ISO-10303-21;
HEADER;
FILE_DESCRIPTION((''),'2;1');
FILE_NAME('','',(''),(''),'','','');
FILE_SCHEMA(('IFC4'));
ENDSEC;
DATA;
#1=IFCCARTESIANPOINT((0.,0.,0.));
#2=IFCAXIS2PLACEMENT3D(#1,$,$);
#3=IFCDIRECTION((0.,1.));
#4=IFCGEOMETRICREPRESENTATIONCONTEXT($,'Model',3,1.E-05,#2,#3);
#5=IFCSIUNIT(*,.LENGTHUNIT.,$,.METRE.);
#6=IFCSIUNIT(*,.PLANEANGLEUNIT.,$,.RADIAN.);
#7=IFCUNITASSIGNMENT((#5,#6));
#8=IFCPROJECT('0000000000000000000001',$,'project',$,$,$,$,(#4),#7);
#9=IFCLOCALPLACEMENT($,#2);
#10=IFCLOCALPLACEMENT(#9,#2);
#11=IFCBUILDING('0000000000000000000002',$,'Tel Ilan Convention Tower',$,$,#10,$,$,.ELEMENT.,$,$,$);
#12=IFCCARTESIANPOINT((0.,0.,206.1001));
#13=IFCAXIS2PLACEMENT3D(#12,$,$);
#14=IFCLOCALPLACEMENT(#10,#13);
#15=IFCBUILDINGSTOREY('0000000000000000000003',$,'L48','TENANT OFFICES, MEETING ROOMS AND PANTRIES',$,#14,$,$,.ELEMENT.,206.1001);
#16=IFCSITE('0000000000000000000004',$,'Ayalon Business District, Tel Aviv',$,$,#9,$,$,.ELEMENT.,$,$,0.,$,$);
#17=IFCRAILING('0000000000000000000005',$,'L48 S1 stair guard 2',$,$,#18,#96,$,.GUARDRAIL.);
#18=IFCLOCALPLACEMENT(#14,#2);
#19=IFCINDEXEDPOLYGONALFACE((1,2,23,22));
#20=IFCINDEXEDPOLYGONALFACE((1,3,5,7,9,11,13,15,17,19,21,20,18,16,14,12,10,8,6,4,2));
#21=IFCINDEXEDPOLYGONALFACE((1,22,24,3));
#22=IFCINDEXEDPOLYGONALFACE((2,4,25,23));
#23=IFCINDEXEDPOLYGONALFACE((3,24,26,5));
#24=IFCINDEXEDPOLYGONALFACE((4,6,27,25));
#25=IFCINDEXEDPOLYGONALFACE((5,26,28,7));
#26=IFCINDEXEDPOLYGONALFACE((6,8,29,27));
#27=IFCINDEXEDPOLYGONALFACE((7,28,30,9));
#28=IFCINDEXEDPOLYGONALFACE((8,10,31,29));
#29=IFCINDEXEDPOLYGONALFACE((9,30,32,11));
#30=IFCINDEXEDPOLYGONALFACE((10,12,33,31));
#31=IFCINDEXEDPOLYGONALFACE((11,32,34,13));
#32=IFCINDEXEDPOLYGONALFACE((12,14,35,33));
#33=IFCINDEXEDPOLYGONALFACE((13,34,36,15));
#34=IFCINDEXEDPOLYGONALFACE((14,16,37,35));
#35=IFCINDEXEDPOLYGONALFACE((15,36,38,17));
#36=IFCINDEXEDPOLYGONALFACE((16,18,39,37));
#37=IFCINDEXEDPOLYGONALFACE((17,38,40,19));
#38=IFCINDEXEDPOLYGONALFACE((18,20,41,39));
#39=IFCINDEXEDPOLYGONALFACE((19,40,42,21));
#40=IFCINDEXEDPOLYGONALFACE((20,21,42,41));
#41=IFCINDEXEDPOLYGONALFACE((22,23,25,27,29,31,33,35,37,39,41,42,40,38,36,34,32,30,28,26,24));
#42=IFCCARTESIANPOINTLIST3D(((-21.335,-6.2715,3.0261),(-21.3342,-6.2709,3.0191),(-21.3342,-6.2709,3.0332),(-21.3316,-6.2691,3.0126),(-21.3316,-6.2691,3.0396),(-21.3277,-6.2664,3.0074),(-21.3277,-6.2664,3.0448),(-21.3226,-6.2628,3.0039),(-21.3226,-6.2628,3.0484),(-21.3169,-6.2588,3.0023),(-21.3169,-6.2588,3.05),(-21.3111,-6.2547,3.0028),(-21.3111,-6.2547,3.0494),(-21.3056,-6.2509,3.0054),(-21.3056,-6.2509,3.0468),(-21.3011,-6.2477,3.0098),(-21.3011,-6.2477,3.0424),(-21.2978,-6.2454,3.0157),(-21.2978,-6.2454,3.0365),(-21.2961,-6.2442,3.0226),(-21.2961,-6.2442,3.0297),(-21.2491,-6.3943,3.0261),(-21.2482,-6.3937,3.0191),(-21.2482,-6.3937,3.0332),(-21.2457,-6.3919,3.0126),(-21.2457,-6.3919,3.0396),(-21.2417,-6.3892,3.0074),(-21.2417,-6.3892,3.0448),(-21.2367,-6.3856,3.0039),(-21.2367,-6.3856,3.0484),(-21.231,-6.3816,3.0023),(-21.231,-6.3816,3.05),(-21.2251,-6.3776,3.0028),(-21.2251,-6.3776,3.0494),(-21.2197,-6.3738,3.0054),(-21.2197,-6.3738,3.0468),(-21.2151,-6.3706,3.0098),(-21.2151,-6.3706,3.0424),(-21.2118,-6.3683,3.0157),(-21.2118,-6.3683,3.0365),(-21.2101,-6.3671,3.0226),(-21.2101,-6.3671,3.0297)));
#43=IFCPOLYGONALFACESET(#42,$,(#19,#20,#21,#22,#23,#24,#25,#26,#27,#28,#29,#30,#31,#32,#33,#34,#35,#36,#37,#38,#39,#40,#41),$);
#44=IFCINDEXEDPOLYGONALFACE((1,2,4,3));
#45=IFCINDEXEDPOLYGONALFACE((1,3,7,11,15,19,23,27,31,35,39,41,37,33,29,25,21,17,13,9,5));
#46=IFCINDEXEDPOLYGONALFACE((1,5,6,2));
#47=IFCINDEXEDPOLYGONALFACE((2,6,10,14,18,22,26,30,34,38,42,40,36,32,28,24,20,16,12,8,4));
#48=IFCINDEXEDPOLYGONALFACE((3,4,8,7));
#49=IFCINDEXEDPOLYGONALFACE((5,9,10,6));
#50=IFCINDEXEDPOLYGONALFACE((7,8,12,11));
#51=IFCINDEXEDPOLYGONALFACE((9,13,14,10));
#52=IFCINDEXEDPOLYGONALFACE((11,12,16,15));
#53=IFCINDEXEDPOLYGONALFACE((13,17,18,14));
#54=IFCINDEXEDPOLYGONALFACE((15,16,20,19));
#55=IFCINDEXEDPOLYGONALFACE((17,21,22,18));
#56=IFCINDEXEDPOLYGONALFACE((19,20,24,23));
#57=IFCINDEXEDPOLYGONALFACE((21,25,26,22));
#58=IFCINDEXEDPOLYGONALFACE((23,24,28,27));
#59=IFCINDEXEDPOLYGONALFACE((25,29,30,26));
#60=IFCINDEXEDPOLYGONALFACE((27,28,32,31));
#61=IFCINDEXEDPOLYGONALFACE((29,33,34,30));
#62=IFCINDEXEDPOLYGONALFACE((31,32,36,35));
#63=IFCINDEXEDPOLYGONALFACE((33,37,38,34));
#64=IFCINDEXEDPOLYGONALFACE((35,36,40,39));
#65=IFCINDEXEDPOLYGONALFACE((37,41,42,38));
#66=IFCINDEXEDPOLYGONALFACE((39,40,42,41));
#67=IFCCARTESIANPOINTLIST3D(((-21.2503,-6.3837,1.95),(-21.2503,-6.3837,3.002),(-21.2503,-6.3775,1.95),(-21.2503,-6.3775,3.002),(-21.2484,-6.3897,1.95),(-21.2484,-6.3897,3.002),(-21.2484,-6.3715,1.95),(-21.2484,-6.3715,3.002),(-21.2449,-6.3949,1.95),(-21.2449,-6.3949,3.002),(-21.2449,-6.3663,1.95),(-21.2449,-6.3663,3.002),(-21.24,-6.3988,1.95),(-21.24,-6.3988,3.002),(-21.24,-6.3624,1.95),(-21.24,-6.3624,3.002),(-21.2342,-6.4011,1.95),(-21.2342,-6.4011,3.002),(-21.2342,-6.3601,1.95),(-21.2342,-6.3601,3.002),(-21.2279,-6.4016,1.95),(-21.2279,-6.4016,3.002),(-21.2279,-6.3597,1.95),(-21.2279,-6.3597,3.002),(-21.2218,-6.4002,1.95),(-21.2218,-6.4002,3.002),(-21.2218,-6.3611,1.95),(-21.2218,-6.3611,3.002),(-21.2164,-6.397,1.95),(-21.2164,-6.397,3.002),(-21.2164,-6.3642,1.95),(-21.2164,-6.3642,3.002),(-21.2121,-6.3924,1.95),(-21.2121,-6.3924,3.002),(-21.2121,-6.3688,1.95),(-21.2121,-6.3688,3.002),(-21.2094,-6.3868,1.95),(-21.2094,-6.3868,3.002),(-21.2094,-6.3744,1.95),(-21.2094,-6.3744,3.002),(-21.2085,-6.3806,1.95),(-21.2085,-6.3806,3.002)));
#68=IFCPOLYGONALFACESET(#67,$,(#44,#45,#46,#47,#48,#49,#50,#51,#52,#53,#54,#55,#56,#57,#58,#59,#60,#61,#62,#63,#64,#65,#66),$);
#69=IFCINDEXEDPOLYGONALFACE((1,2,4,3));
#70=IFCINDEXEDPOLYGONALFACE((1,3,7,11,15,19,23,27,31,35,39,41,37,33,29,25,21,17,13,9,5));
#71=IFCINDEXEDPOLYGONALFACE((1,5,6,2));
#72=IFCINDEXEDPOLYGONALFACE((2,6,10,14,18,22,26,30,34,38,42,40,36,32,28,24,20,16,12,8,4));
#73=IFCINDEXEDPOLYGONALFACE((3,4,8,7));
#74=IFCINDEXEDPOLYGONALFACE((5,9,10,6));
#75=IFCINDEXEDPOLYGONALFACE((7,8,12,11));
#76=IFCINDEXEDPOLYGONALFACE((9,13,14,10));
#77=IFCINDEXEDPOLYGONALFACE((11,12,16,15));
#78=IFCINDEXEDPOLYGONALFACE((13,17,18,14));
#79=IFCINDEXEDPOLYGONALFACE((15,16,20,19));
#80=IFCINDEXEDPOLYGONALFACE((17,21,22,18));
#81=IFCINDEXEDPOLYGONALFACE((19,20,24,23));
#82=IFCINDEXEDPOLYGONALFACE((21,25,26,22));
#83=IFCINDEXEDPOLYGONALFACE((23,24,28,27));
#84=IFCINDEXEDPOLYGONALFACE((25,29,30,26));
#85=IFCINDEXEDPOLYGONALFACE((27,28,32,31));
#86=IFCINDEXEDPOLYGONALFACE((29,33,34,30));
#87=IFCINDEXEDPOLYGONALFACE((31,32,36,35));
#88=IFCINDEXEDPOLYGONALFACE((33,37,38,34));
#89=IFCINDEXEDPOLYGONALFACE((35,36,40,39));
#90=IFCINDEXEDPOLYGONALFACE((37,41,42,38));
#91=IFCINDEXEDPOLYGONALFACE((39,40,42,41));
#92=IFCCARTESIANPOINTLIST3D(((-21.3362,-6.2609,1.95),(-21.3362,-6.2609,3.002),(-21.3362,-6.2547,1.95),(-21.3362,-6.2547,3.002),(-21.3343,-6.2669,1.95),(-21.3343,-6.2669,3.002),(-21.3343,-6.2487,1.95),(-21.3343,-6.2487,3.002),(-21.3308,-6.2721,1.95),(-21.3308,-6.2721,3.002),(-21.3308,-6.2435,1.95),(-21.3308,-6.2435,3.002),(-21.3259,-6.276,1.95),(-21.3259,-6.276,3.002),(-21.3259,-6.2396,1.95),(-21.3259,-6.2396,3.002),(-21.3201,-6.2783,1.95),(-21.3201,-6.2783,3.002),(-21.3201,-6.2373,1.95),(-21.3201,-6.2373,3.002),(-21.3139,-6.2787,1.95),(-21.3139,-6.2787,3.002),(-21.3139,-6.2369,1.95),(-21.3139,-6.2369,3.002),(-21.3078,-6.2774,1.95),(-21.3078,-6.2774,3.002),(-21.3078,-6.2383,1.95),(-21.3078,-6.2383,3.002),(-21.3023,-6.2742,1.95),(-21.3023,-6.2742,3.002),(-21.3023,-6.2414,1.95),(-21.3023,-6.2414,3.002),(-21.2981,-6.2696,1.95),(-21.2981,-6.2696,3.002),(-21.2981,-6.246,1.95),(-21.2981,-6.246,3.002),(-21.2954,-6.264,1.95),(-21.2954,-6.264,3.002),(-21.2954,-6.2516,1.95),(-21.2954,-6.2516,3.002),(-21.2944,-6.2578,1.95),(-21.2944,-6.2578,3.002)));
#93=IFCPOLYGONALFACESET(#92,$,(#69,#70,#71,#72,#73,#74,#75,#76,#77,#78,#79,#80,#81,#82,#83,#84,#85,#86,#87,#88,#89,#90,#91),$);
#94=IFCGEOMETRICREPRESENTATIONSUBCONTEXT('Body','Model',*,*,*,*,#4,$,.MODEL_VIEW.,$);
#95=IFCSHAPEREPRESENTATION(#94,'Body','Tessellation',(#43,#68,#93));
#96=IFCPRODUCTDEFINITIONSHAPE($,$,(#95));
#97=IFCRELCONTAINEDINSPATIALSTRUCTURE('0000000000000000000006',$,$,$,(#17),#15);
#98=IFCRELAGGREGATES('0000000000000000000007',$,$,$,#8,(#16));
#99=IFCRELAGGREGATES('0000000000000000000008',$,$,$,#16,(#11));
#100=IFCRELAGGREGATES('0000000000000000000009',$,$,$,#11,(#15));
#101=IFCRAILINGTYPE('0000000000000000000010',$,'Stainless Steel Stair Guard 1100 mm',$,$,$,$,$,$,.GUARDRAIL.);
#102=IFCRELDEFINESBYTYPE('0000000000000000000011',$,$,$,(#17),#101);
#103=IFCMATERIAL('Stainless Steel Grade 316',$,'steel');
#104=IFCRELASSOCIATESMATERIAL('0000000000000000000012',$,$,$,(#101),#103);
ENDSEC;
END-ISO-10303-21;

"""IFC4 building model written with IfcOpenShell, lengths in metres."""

from ifc_helpers import new_model, si_unit, direction, frame, origin, origin_2d, place, context, subcontext, project, spatial, circle, extrude, material, type_object, element, save


model = new_model("IFC4")

# Units and contexts
model_context = context("Model", 3, precision=1e-05, world=origin(), true_north=direction((0.0, 1.0)))
body_context = subcontext(model_context, "Body", "Model", "MODEL_VIEW")
ifc_project = project(units=[si_unit("LENGTHUNIT", "METRE"), si_unit("PLANEANGLEUNIT", "RADIAN")], contexts=[model_context])

# Site, building, storey
site_placement = place(None, origin())
site = spatial("IfcSite", under=ifc_project, at=site_placement, Name="Ayalon Business District, Tel Aviv", CompositionType="ELEMENT", RefElevation=0.0)
building_placement = place(site_placement, origin())
building = spatial("IfcBuilding", under=site, at=building_placement, Name="Tel Ilan Convention Tower", CompositionType="ELEMENT")
storey_placement = place(building_placement, frame((0.0, 0.0, 206.1001)))
storey = spatial("IfcBuildingStorey", under=building, at=storey_placement, Name="L48", Description="TENANT OFFICES, MEETING ROOMS AND PANTRIES", CompositionType="ELEMENT", Elevation=206.1001)

# Railing
ifc_material_1 = material(Name="Stainless Steel Grade 316", Category="steel")
railing_type_1 = type_object("IfcRailingType", Name="Stainless Steel Stair Guard 1100 mm", PredefinedType="GUARDRAIL", material=ifc_material_1)
railing_1_placement = place(storey_placement, frame((-21.2295, -6.3806, 1.95)))
element("IfcRailing", 1, at=railing_1_placement, inside=storey, type_object=railing_type_1, Name="L48 S1 stair guard 2", PredefinedType="GUARDRAIL", context=body_context, shape_type="SweptSolid", body=[
    extrude(circle(Radius=0.0239, at=origin_2d()), frame((0.0, 0.0, 1.0762), z_axis=(-0.573353, 0.819308, 0.0), x_axis=(-0.819308, -0.573353, 0.0)), (0.0, 0.0, 1.0), 0.1499),
    extrude(circle(Radius=0.021, at=origin_2d()), origin(), (0.0, 0.0, 1.0), 1.052),
    extrude(circle(Radius=0.021, at=origin_2d()), frame((-0.0859, 0.1228, 0.0)), (0.0, 0.0, 1.0), 1.052),
])

save(model, "model.ifc")
